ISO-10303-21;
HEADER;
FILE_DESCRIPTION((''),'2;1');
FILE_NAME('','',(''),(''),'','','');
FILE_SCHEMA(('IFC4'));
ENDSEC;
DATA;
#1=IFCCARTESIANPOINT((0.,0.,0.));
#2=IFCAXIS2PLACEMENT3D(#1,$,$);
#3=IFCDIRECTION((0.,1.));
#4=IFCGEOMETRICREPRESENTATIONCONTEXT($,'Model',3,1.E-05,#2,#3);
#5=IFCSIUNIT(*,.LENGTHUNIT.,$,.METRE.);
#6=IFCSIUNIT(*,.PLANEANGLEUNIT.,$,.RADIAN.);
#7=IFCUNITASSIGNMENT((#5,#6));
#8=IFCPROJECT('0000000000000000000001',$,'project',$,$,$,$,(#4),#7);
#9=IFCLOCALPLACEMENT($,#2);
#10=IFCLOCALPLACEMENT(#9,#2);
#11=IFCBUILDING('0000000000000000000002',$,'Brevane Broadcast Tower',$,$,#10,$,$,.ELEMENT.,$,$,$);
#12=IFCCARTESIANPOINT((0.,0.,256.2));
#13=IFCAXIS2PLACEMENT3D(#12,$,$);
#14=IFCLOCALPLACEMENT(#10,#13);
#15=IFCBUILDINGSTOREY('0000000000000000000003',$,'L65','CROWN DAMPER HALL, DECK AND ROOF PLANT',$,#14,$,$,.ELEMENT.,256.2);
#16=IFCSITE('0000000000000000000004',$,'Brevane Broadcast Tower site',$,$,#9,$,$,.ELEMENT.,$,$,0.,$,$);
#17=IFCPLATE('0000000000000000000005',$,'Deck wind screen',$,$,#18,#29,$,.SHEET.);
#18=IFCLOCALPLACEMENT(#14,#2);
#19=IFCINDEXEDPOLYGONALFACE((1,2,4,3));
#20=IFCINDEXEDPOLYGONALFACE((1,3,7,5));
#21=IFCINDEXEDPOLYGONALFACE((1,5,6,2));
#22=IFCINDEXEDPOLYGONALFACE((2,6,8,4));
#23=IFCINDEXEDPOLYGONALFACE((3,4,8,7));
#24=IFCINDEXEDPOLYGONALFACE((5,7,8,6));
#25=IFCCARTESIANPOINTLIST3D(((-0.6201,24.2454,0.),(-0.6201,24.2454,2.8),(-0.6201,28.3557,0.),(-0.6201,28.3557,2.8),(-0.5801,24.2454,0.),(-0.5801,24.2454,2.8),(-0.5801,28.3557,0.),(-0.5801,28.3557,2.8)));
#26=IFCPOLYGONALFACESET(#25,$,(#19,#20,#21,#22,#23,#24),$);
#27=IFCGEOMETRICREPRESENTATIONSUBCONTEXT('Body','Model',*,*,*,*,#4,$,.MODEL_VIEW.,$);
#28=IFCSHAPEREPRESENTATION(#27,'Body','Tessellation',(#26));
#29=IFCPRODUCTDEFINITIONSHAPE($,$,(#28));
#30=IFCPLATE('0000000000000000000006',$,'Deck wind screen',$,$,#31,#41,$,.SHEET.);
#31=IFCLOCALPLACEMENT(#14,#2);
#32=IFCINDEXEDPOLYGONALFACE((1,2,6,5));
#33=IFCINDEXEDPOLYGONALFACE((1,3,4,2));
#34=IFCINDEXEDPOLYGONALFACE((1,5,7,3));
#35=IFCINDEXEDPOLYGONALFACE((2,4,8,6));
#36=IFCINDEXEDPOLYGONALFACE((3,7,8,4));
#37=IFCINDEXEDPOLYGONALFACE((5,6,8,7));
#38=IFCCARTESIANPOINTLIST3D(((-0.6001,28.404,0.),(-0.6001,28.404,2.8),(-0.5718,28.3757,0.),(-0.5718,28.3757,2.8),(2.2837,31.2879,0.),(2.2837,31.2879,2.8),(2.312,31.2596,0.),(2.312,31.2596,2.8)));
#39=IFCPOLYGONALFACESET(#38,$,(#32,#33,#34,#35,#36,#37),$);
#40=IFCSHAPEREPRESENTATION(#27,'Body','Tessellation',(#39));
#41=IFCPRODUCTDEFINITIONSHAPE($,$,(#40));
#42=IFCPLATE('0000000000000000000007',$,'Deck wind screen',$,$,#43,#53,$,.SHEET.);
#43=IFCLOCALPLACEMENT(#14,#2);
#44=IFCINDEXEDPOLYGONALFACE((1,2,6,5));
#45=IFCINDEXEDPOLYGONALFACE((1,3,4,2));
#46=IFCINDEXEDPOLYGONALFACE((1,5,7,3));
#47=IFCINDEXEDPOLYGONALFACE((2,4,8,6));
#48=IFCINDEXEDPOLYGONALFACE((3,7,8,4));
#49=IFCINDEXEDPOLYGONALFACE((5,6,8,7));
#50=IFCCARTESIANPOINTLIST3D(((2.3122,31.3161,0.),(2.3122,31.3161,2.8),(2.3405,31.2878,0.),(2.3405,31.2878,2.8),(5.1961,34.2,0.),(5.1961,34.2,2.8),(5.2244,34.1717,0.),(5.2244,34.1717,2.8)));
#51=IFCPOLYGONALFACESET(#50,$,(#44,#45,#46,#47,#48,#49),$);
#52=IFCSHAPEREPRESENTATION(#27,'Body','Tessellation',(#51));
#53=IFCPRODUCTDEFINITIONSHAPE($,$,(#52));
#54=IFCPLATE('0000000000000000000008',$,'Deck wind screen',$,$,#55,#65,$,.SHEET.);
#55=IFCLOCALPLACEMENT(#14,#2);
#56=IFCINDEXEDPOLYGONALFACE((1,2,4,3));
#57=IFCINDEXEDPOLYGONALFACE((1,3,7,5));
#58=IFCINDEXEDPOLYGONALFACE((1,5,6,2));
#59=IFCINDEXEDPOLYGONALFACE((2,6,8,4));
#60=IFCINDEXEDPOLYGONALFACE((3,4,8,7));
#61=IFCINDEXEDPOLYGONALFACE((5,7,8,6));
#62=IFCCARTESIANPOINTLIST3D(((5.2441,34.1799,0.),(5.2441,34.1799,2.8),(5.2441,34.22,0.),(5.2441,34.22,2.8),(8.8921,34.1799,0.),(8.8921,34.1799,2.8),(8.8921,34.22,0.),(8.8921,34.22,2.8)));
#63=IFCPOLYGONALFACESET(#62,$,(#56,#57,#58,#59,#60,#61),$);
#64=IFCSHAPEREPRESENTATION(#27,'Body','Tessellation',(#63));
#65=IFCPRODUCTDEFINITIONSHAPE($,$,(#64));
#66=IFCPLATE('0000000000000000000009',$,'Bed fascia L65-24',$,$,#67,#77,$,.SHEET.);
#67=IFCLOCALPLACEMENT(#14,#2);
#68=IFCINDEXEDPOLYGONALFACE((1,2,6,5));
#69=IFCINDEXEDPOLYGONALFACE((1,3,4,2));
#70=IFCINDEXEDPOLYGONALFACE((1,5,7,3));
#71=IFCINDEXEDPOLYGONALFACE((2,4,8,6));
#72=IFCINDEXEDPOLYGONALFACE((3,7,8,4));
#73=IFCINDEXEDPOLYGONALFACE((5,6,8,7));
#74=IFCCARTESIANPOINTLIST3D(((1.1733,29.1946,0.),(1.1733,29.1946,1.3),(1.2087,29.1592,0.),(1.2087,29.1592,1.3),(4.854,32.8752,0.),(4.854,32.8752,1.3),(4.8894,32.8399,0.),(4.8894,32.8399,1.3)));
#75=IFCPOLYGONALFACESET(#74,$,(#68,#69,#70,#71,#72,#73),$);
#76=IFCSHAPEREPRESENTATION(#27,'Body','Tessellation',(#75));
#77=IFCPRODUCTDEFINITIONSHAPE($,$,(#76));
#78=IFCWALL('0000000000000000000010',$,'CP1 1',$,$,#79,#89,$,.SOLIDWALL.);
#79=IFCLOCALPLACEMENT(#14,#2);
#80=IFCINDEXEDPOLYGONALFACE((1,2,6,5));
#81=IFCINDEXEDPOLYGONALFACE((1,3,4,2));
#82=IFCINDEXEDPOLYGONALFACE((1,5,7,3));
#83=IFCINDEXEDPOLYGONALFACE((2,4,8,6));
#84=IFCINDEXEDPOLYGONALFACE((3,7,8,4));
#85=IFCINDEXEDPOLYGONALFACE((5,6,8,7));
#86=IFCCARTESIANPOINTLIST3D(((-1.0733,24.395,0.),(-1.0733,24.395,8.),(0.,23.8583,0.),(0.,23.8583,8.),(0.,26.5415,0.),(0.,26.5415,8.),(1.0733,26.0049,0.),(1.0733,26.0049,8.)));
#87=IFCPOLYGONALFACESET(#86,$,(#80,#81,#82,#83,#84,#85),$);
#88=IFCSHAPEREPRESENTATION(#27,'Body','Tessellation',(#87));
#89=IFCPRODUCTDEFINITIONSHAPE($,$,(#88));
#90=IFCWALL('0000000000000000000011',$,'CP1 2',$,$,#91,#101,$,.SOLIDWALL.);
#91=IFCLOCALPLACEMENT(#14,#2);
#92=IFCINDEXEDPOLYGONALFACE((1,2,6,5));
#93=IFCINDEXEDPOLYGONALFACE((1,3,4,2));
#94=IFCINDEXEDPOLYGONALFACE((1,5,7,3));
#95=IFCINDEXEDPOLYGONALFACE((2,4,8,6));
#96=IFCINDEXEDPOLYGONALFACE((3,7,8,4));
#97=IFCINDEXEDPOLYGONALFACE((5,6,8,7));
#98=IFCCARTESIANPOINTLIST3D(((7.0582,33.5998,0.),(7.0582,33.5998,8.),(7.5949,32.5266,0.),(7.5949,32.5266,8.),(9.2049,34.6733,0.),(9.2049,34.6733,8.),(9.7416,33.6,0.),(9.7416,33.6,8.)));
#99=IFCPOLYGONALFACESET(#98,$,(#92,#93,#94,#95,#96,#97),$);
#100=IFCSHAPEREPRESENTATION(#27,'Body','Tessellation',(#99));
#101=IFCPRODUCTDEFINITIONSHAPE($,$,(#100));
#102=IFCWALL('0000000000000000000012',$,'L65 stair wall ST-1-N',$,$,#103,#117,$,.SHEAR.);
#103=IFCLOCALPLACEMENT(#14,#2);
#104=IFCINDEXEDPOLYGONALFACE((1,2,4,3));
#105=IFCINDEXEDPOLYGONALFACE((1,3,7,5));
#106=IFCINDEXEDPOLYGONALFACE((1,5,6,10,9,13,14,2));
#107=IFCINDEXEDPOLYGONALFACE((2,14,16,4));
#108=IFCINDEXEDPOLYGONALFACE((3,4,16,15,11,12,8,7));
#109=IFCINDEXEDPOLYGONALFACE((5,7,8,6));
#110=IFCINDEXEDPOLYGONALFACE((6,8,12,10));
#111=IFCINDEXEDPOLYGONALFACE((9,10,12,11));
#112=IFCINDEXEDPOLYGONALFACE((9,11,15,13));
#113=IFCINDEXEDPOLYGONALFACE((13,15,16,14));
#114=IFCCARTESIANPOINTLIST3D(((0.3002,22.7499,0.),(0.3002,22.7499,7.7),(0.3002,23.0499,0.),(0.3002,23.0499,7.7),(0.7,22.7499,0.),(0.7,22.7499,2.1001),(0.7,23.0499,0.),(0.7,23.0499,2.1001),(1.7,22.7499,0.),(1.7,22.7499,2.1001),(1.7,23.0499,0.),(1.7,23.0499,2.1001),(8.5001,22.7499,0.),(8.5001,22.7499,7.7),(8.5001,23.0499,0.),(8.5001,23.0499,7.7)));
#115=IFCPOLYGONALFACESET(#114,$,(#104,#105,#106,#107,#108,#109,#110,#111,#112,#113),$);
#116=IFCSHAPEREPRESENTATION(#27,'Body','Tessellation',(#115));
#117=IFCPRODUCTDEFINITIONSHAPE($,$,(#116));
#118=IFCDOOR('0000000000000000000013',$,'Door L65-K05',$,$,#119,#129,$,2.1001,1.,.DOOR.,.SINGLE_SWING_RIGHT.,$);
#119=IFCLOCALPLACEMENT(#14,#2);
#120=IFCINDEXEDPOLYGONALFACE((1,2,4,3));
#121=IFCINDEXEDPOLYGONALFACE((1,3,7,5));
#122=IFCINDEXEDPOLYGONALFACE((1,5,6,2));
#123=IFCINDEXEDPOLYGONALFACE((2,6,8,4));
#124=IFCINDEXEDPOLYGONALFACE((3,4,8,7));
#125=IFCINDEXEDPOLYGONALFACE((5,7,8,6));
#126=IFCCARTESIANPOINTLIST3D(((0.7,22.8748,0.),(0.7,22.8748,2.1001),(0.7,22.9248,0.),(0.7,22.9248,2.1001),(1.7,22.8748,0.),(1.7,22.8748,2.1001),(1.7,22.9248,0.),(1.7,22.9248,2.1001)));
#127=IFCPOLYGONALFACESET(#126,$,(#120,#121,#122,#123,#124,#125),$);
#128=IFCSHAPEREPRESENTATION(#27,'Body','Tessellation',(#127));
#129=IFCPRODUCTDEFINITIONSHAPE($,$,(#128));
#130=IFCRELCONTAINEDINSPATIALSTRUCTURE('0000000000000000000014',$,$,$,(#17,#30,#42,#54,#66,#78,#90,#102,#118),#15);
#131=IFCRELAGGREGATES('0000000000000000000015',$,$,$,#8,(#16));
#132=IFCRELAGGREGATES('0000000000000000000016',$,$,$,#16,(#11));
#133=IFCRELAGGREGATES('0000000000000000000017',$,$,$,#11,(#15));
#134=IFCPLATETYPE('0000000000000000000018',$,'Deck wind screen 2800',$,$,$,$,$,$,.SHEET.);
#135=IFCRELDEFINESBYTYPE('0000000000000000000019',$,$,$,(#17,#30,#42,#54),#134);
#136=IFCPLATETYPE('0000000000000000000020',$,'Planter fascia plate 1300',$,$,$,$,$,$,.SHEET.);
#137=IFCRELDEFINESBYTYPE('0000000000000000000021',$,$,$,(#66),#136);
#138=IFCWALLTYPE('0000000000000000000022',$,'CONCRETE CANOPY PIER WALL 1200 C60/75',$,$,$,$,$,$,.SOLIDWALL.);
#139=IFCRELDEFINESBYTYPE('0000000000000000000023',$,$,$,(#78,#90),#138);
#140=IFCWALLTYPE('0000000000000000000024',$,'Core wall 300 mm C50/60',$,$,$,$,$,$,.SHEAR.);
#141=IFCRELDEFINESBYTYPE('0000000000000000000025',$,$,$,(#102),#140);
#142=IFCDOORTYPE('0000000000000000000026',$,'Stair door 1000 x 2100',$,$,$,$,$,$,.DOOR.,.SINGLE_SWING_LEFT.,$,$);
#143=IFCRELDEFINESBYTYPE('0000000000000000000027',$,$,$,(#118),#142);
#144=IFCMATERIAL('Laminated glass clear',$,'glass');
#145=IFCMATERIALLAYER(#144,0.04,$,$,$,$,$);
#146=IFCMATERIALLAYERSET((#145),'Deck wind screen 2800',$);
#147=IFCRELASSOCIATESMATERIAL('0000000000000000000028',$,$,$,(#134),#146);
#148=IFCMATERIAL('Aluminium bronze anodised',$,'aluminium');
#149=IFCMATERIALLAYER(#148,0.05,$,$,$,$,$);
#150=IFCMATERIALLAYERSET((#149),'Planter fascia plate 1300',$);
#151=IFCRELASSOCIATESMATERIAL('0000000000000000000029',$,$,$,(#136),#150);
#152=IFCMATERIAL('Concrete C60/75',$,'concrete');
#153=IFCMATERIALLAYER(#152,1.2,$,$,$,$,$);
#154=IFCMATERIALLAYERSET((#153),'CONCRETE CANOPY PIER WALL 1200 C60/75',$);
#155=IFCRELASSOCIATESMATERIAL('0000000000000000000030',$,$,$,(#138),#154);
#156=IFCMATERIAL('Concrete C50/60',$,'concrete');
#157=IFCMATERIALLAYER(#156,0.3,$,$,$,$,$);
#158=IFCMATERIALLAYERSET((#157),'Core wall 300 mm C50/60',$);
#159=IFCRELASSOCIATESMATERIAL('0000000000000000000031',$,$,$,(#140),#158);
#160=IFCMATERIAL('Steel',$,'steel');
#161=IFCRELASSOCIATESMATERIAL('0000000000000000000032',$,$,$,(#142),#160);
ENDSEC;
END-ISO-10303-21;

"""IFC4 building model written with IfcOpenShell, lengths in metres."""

from ifc_helpers import new_model, si_unit, direction, frame, frame_2d, origin, origin_2d, place, context, subcontext, project, spatial, polyline, rectangle, outline, extrude, material, layer, layer_set, type_object, element, fill, save


model = new_model("IFC4")

# Units and contexts
model_context = context("Model", 3, precision=1e-05, world=origin(), true_north=direction((0.0, 1.0)))
body_context = subcontext(model_context, "Body", "Model", "MODEL_VIEW")
ifc_project = project(units=[si_unit("LENGTHUNIT", "METRE"), si_unit("PLANEANGLEUNIT", "RADIAN")], contexts=[model_context])

# Site, building, storey
site_placement = place(None, origin())
site = spatial("IfcSite", under=ifc_project, at=site_placement, Name="Brevane Broadcast Tower site", CompositionType="ELEMENT", RefElevation=0.0)
building_placement = place(site_placement, origin())
building = spatial("IfcBuilding", under=site, at=building_placement, Name="Brevane Broadcast Tower", CompositionType="ELEMENT")
storey_placement = place(building_placement, frame((0.0, 0.0, 256.2)))
storey = spatial("IfcBuildingStorey", under=building, at=storey_placement, Name="L65", Description="CROWN DAMPER HALL, DECK AND ROOF PLANT", CompositionType="ELEMENT", Elevation=256.2)

# Plates
ifc_material_1 = material(Name="Laminated glass clear", Category="glass")
ifc_layer_1 = layer(ifc_material_1, 0.04)
ifc_layer_set_1 = layer_set([ifc_layer_1], Name="Deck wind screen 2800")
plate_type_1 = type_object("IfcPlateType", Name="Deck wind screen 2800", PredefinedType="SHEET", material=ifc_layer_set_1)
for number, where, z_axis, x_axis, name in (
    (1, (-0.6001, 26.3005, 0.0), (0.0, 0.0, 1.0), (0.0, 1.0, 0.0), "Deck wind screen"),
):
    element("IfcPlate", number, at=place(storey_placement, frame(where, z_axis=z_axis, x_axis=x_axis)), inside=storey, type_object=plate_type_1, Name=name, PredefinedType="SHEET", context=body_context, shape_type="SweptSolid", body=[
        extrude(rectangle(XDim=4.1104, YDim=0.04, at=origin_2d()), origin(), (0.0, 0.0, 1.0), 2.8),
    ])
for number, where, z_axis, x_axis, name in (
    (2, (0.856, 29.8318, 0.0), (0.0, 0.0, 1.0), (0.707107, 0.707107, 0.0), "Deck wind screen"),
    (3, (3.7683, 32.7439, 0.0), (0.0, 0.0, 1.0), (0.707107, 0.707107, 0.0), "Deck wind screen"),
):
    element("IfcPlate", number, at=place(storey_placement, frame(where, z_axis=z_axis, x_axis=x_axis)), inside=storey, type_object=plate_type_1, Name=name, PredefinedType="SHEET", context=body_context, shape_type="SweptSolid", body=[
        extrude(rectangle(XDim=4.0784, YDim=0.04, at=origin_2d()), origin(), (0.0, 0.0, 1.0), 2.8),
    ])
plate_1_placement = place(storey_placement, frame((7.0681, 34.2, 0.0), z_axis=(0.0, 0.0, 1.0), x_axis=(1.0, 0.0, 0.0)))
element("IfcPlate", 4, at=plate_1_placement, inside=storey, type_object=plate_type_1, Name="Deck wind screen", PredefinedType="SHEET", context=body_context, shape_type="SweptSolid", body=[
    extrude(rectangle(XDim=3.6479, YDim=0.04, at=origin_2d()), origin(), (0.0, 0.0, 1.0), 2.8),
])
ifc_material_2 = material(Name="Aluminium bronze anodised", Category="aluminium")
ifc_layer_2 = layer(ifc_material_2, 0.05)
ifc_layer_set_2 = layer_set([ifc_layer_2], Name="Planter fascia plate 1300")
plate_type_2 = type_object("IfcPlateType", Name="Planter fascia plate 1300", PredefinedType="SHEET", material=ifc_layer_set_2)
plate_2_placement = place(storey_placement, frame((4.854, 32.8752, 0.0), z_axis=(-0.707107, 0.707107, 0.0), x_axis=(-0.707107, -0.707107, 0.0)))
element("IfcPlate", 5, at=plate_2_placement, inside=storey, type_object=plate_type_2, Name="Bed fascia L65-24", PredefinedType="SHEET", context=body_context, shape_type="SweptSolid", body=[
    extrude(outline(polyline([(0.0, 0.0), (5.2052, 0.0), (5.2052, 1.3), (0.0, 1.3), (0.0, 0.0)])), origin(), (0.0, 0.0, -1.0), 0.05),
])

# Walls
ifc_material_3 = material(Name="Concrete C60/75", Category="concrete")
ifc_layer_3 = layer(ifc_material_3, 1.2)
ifc_layer_set_3 = layer_set([ifc_layer_3], Name="CONCRETE CANOPY PIER WALL 1200 C60/75")
wall_type_1 = type_object("IfcWallType", Name="CONCRETE CANOPY PIER WALL 1200 C60/75", PredefinedType="SOLIDWALL", material=ifc_layer_set_3)
wall_1_placement = place(storey_placement, frame((0.5366, 26.2732, 0.0), z_axis=(0.0, 0.0, 1.0), x_axis=(-0.447214, -0.894427, 0.0)))
element("IfcWall", 6, at=wall_1_placement, inside=storey, type_object=wall_type_1, Name="CP1 1", PredefinedType="SOLIDWALL", context=body_context, shape_type="SweptSolid", body=[
    extrude(rectangle(XDim=2.3999, YDim=1.2, at=frame_2d((1.2, 0.0))), origin(), (0.0, 0.0, 1.0), 8.0),
])
wall_2_placement = place(storey_placement, frame((9.4734, 34.1367, 0.0), z_axis=(0.0, 0.0, 1.0), x_axis=(-0.894407, -0.447254, 0.0)))
element("IfcWall", 7, at=wall_2_placement, inside=storey, type_object=wall_type_1, Name="CP1 2", PredefinedType="SOLIDWALL", context=body_context, shape_type="SweptSolid", body=[
    extrude(rectangle(XDim=2.4001, YDim=1.2, at=frame_2d((1.2002, 0.0))), origin(), (0.0, 0.0, 1.0), 8.0),
])

# Wall, opening, door
ifc_material_4 = material(Name="Concrete C50/60", Category="concrete")
ifc_layer_4 = layer(ifc_material_4, 0.3)
ifc_layer_set_4 = layer_set([ifc_layer_4], Name="Core wall 300 mm C50/60")
wall_type_2 = type_object("IfcWallType", Name="Core wall 300 mm C50/60", PredefinedType="SHEAR", material=ifc_layer_set_4)
wall_3_placement = place(storey_placement, frame((0.3, 22.8999, 0.0), z_axis=(0.0, 0.0, 1.0), x_axis=(1.0, 0.0, 0.0)))
wall_3 = element("IfcWall", 8, at=wall_3_placement, inside=storey, type_object=wall_type_2, Name="L65 stair wall ST-1-N", PredefinedType="SHEAR", context=body_context, shape_type="SweptSolid", body=[
    extrude(rectangle(XDim=8.2, YDim=0.3, at=frame_2d((4.1001, 0.0))), origin(), (0.0, 0.0, 1.0), 7.7),
])
opening_1_placement = place(wall_3_placement, frame((0.3999, 0.0, 0.0)))
opening_1 = element("IfcOpeningElement", 9, at=opening_1_placement, cuts=wall_3, PredefinedType="OPENING", context=body_context, shape_type="SweptSolid", body=[
    extrude(rectangle(XDim=1.0, YDim=2.1001, at=frame_2d((0.5, 1.05))), frame((0.0, 0.1599, 0.0), z_axis=(0.0, -1.0, 0.0), x_axis=(1.0, 0.0, 0.0)), (0.0, 0.0, 1.0), 0.3201),
])
ifc_material_5 = material(Name="Steel", Category="steel")
door_type_1 = type_object("IfcDoorType", Name="Stair door 1000 x 2100", OperationType="SINGLE_SWING_LEFT", PredefinedType="DOOR", material=ifc_material_5)
door_1_placement = place(opening_1_placement, origin())
door_1 = element("IfcDoor", 10, at=door_1_placement, inside=storey, type_object=door_type_1, Name="Door L65-K05", OperationType="SINGLE_SWING_RIGHT", OverallHeight=2.1001, OverallWidth=1.0, PredefinedType="DOOR", context=body_context, shape_type="SweptSolid", body=[
    extrude(rectangle(XDim=1.0, YDim=2.1001, at=frame_2d((0.5, 1.05))), frame((0.0, 0.0249, 0.0), z_axis=(0.0, -1.0, 0.0), x_axis=(1.0, 0.0, 0.0)), (0.0, 0.0, 1.0), 0.05),
])
fill(opening_1, door_1)

save(model, "model.ifc")
